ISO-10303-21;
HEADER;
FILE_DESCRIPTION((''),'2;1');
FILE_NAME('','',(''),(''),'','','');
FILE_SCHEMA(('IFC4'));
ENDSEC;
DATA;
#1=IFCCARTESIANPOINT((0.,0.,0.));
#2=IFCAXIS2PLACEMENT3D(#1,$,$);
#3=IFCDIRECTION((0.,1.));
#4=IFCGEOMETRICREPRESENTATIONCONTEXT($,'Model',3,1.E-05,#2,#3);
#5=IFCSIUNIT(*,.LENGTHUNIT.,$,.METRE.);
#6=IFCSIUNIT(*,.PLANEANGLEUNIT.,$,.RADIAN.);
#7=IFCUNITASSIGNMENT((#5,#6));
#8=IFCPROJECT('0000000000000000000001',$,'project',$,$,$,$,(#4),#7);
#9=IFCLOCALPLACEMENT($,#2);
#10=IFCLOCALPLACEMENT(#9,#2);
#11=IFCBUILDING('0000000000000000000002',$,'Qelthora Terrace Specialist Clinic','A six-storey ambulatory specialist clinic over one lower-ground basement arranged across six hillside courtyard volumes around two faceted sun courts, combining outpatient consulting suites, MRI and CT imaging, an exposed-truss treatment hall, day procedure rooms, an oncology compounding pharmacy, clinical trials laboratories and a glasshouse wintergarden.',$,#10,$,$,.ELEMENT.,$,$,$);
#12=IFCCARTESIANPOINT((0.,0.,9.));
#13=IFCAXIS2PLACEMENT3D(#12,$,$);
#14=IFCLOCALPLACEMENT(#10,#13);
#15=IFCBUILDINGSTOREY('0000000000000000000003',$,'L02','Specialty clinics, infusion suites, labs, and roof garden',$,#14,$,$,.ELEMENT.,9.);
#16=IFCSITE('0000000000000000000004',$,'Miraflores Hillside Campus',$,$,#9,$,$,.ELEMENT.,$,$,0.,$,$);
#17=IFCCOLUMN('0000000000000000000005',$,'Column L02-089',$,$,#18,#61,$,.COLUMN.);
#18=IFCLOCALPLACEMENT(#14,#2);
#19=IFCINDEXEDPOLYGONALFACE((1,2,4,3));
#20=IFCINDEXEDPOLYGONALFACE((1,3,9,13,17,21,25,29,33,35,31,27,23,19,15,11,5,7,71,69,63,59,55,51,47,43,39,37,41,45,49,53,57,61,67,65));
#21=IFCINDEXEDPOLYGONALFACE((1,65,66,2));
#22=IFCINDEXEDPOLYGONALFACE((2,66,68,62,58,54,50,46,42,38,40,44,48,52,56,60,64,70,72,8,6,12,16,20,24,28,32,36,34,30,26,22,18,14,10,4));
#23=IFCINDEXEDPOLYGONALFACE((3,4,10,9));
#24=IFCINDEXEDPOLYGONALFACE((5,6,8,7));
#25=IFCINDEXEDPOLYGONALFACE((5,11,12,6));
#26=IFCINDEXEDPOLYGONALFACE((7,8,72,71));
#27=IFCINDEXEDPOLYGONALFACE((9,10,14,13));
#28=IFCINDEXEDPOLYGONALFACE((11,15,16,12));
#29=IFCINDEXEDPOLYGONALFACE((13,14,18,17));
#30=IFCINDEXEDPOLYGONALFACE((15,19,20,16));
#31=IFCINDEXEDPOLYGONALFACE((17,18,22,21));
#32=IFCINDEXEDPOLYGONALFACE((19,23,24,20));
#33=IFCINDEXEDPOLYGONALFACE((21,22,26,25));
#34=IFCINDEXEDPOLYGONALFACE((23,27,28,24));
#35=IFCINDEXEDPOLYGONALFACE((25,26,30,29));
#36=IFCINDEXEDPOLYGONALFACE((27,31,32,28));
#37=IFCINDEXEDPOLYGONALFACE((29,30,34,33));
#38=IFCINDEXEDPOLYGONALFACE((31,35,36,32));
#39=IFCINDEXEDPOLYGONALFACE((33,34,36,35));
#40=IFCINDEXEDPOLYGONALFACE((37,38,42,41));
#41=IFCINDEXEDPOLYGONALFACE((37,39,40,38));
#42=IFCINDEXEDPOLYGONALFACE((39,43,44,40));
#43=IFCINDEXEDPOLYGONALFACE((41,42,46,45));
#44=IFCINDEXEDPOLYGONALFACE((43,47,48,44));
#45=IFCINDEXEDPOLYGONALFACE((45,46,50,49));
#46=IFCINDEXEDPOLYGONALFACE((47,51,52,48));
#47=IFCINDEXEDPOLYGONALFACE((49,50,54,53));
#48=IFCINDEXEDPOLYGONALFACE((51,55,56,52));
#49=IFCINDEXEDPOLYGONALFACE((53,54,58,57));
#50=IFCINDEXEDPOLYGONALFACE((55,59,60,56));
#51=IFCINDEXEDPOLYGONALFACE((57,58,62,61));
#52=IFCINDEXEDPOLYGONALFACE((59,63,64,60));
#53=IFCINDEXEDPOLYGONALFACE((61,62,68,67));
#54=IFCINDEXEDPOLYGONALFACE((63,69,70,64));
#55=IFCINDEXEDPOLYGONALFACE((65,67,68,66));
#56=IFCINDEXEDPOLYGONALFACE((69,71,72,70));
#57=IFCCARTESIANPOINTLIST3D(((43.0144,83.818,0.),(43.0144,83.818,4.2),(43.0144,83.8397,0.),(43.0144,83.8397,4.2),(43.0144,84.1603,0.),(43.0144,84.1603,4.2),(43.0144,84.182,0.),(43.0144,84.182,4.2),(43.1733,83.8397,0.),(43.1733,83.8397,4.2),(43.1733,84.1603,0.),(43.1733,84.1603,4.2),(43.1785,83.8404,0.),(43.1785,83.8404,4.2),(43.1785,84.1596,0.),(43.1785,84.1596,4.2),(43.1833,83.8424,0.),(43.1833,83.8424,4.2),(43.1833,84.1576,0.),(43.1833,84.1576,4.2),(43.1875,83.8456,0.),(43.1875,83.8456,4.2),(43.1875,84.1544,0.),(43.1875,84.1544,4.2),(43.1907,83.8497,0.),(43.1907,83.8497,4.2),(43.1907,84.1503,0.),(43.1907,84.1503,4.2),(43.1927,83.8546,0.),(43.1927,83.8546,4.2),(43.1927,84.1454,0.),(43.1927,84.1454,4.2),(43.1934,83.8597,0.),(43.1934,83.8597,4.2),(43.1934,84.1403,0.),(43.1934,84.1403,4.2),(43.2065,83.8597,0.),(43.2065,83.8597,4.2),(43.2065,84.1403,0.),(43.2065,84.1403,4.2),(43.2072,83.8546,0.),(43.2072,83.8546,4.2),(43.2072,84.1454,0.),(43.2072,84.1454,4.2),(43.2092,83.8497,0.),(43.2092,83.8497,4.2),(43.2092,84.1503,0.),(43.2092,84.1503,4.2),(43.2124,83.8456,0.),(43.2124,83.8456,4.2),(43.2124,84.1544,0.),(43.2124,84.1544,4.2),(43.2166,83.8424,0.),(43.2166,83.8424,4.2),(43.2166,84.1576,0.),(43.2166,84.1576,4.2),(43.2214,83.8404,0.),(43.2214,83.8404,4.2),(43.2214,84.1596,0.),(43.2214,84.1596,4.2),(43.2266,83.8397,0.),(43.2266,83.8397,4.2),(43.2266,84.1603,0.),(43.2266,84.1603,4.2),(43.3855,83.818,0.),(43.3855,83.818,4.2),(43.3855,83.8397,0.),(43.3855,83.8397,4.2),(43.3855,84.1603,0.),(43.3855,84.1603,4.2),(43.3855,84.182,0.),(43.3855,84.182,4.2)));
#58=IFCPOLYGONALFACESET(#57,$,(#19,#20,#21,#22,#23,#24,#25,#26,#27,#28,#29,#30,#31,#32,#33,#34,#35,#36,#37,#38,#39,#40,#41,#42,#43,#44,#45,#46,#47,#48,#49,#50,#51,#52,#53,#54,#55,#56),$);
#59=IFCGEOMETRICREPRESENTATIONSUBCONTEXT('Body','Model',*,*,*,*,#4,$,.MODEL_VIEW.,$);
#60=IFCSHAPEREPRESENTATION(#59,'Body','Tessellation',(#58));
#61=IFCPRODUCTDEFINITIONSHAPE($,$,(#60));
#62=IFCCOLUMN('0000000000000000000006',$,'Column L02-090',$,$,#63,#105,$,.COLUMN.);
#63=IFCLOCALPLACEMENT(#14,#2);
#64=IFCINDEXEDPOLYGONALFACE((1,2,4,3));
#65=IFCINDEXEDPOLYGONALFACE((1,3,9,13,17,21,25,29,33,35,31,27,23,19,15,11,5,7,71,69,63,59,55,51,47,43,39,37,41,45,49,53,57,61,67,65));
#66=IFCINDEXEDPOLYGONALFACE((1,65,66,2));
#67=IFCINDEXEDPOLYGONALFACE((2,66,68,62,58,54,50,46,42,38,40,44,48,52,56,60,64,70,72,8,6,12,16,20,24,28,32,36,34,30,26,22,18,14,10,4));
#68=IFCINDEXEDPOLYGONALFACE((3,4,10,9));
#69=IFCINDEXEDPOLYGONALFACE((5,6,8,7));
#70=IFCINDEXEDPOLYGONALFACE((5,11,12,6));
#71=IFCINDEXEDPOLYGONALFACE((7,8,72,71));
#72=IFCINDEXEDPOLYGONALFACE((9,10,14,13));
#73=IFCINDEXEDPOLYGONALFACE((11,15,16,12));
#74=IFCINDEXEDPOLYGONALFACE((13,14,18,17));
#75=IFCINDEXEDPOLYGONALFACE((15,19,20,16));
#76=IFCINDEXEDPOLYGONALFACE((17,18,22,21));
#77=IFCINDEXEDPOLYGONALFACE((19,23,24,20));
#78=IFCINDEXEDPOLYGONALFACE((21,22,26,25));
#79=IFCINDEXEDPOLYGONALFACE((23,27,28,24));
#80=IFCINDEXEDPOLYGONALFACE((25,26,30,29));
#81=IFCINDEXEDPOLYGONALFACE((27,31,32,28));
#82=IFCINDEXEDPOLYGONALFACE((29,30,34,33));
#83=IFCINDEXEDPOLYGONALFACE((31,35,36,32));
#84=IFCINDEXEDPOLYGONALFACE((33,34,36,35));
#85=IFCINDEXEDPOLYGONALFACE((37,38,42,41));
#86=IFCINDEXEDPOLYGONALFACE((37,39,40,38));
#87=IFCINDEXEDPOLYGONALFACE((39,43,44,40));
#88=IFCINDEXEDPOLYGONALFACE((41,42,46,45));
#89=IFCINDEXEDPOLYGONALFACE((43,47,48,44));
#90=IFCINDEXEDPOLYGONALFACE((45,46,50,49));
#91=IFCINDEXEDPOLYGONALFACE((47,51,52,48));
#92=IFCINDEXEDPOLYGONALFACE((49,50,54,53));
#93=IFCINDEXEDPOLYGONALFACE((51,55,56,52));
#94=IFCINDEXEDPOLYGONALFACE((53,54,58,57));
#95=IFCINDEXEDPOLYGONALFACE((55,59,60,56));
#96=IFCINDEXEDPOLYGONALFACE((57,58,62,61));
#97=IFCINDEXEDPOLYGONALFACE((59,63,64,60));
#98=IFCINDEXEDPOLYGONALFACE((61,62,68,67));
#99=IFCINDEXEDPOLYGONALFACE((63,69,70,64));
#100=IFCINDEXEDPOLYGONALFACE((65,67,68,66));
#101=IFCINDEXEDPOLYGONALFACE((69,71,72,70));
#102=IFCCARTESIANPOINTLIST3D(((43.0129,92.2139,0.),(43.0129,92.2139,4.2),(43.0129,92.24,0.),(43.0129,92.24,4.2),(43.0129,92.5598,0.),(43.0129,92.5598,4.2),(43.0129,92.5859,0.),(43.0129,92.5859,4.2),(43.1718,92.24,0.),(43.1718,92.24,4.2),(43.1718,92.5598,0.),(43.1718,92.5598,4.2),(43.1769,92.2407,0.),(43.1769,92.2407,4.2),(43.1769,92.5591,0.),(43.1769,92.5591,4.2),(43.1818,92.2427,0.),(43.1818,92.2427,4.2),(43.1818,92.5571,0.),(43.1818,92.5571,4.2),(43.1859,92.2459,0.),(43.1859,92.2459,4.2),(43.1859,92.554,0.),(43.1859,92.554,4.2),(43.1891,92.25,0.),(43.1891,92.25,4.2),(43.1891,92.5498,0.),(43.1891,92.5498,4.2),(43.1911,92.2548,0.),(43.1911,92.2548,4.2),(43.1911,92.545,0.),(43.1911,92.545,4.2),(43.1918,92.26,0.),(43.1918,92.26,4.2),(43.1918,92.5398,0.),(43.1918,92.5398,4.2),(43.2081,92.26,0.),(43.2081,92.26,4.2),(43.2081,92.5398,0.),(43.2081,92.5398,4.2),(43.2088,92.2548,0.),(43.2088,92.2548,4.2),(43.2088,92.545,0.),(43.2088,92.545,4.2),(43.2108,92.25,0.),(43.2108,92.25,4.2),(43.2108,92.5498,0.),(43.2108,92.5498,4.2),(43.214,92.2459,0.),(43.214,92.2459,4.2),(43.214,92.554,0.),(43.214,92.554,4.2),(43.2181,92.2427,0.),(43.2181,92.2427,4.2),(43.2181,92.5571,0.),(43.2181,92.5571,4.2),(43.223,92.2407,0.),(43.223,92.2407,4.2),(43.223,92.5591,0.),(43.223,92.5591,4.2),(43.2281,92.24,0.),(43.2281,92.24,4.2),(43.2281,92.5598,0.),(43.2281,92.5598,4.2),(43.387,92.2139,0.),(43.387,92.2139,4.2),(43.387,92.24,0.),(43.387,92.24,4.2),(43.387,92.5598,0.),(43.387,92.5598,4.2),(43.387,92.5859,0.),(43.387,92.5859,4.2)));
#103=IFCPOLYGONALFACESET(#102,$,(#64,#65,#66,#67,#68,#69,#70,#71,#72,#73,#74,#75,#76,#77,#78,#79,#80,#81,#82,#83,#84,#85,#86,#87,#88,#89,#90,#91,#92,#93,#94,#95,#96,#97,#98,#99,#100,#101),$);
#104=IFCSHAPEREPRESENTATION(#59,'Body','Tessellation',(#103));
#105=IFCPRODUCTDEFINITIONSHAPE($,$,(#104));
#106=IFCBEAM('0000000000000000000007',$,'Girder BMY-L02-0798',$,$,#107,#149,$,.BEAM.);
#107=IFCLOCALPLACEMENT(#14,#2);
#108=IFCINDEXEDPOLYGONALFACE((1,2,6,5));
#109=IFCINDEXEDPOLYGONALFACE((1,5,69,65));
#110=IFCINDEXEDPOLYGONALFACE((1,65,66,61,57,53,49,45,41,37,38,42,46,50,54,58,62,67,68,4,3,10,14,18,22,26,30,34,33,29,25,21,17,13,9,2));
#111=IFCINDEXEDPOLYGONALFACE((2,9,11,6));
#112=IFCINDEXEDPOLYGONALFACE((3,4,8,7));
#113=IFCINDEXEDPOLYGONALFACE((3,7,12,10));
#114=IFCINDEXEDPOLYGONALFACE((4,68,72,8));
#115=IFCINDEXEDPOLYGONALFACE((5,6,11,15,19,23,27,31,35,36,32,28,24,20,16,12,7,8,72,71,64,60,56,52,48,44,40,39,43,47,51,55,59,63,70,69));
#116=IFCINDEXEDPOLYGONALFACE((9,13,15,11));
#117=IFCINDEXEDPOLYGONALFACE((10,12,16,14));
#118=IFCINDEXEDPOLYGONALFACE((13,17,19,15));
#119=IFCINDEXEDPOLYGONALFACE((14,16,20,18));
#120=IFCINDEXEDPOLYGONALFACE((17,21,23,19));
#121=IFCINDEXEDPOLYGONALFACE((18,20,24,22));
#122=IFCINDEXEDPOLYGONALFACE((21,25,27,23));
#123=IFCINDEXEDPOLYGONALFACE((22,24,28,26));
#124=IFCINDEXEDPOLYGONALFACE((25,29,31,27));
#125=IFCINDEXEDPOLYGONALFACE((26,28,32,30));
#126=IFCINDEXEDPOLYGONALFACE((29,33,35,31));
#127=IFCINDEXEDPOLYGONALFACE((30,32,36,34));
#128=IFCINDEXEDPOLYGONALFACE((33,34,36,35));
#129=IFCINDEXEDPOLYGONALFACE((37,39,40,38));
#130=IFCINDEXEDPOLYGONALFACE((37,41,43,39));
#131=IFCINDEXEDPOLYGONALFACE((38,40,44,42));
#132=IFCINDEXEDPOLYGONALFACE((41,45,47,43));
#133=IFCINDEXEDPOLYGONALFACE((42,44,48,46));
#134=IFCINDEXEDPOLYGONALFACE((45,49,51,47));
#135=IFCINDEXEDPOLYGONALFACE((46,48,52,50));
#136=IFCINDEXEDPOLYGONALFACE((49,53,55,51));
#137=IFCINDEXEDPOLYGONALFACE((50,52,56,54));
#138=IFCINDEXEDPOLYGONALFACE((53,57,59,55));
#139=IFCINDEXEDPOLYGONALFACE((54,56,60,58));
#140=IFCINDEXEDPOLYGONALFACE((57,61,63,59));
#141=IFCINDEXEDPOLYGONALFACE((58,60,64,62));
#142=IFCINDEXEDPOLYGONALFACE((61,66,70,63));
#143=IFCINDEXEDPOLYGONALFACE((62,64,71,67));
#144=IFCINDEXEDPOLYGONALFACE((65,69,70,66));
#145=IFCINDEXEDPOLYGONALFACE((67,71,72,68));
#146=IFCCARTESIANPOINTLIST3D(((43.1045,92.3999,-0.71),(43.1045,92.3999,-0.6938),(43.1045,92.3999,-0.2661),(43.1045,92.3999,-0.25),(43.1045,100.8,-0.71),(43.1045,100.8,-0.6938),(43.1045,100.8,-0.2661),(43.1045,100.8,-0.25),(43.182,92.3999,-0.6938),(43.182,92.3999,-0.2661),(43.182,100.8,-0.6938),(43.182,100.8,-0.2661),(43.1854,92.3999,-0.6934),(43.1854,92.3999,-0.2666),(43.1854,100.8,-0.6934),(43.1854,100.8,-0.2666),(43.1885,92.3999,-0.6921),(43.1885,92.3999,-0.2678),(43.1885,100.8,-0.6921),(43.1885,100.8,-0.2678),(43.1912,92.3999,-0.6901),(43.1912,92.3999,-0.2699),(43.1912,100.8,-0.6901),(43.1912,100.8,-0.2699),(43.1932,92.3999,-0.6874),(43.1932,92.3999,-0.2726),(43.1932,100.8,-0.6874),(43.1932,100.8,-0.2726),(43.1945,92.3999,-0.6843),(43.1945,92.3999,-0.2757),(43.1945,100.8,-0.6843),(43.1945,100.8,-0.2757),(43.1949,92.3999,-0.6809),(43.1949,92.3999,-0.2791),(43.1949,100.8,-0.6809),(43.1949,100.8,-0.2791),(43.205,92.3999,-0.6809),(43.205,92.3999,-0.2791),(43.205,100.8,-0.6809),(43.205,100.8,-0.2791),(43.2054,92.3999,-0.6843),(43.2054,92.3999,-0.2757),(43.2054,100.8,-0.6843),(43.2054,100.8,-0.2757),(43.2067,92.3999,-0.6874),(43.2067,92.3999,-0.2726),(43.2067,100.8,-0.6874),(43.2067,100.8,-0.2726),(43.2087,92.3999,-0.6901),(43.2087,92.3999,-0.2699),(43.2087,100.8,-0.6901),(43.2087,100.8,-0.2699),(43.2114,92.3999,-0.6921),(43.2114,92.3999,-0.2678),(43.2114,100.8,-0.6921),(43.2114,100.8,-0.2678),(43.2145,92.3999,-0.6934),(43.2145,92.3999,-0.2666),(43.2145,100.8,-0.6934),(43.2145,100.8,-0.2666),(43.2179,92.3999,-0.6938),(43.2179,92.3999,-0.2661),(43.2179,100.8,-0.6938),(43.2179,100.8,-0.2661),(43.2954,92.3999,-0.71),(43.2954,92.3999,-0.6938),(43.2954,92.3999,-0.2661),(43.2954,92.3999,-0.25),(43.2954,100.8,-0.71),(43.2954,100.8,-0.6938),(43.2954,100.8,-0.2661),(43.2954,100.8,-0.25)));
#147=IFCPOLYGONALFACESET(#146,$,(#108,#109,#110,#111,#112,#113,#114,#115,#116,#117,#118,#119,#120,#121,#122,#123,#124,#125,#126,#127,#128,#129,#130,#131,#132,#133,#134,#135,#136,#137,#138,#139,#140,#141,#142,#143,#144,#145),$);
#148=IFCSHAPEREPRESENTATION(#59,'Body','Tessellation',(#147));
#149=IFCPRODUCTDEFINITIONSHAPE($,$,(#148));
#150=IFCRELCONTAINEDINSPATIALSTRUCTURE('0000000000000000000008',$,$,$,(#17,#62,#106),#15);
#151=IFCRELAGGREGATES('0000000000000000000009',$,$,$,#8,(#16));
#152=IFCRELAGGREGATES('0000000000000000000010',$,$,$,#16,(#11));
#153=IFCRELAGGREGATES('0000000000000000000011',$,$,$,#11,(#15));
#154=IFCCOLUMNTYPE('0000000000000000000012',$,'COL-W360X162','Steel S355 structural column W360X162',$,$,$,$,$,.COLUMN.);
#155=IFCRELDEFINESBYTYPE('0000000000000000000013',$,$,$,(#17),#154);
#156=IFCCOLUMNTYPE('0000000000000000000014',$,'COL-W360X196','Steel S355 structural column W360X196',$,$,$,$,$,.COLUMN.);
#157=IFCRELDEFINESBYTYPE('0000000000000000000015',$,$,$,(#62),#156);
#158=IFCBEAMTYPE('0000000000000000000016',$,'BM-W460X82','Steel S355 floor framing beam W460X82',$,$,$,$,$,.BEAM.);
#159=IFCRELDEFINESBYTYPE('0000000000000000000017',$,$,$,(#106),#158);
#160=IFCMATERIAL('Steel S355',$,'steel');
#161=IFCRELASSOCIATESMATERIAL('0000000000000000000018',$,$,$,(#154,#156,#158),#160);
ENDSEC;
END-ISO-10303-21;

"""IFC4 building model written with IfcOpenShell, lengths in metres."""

from ifc_helpers import new_model, si_unit, direction, frame, origin, origin_2d, place, context, subcontext, project, spatial, i_section, extrude, material, material_profile, profile_set, type_object, element, save


model = new_model("IFC4")

# Units and contexts
model_context = context("Model", 3, precision=1e-05, world=origin(), true_north=direction((0.0, 1.0)))
body_context = subcontext(model_context, "Body", "Model", "MODEL_VIEW")
ifc_project = project(units=[si_unit("LENGTHUNIT", "METRE"), si_unit("PLANEANGLEUNIT", "RADIAN")], contexts=[model_context])

# Site, building, storey
site_placement = place(None, origin())
site = spatial("IfcSite", under=ifc_project, at=site_placement, Name="Miraflores Hillside Campus", CompositionType="ELEMENT", RefElevation=0.0)
building_placement = place(site_placement, origin())
building = spatial("IfcBuilding", under=site, at=building_placement, Name="Qelthora Terrace Specialist Clinic", Description="A six-storey ambulatory specialist clinic over one lower-ground basement arranged across six hillside courtyard volumes around two faceted sun courts, combining outpatient consulting suites, MRI and CT imaging, an exposed-truss treatment hall, day procedure rooms, an oncology compounding pharmacy, clinical trials laboratories and a glasshouse wintergarden.", CompositionType="ELEMENT")
storey_placement = place(building_placement, frame((0.0, 0.0, 9.0)))
storey = spatial("IfcBuildingStorey", under=building, at=storey_placement, Name="L02", Description="Specialty clinics, infusion suites, labs, and roof garden", CompositionType="ELEMENT", Elevation=9.0)

# Columns
ifc_material_1 = material(Name="Steel S355", Category="steel")
ifc_material_profile_1 = material_profile(ifc_material_1, i_section(OverallWidth=0.3711, OverallDepth=0.364, WebThickness=0.0132, FlangeThickness=0.0217, FilletRadius=0.02, at=origin_2d()), Name="W360X162")
ifc_profile_set_1 = profile_set([ifc_material_profile_1], Name="Steel S355")
column_type_1 = type_object("IfcColumnType", Name="COL-W360X162", Description="Steel S355 structural column W360X162", PredefinedType="COLUMN", material=ifc_profile_set_1)
column_1_placement = place(storey_placement, frame((43.2, 84.0, 0.0), z_axis=(0.0, 0.0, 1.0), x_axis=(1.0, 0.0, 0.0)))
element("IfcColumn", 1, at=column_1_placement, inside=storey, type_object=column_type_1, Name="Column L02-089", PredefinedType="COLUMN", context=body_context, shape_type="SweptSolid", body=[
    extrude(i_section(OverallWidth=0.3711, OverallDepth=0.364, WebThickness=0.0132, FlangeThickness=0.0217, FilletRadius=0.02, at=origin_2d()), origin(), (0.0, 0.0, 1.0), 4.2),
])
ifc_material_profile_2 = material_profile(ifc_material_1, i_section(OverallWidth=0.374, OverallDepth=0.3721, WebThickness=0.0164, FlangeThickness=0.0261, FilletRadius=0.02, at=origin_2d()), Name="W360X196")
ifc_profile_set_2 = profile_set([ifc_material_profile_2], Name="Steel S355")
column_type_2 = type_object("IfcColumnType", Name="COL-W360X196", Description="Steel S355 structural column W360X196", PredefinedType="COLUMN", material=ifc_profile_set_2)
column_2_placement = place(storey_placement, frame((43.2, 92.3999, 0.0), z_axis=(0.0, 0.0, 1.0), x_axis=(1.0, 0.0, 0.0)))
element("IfcColumn", 2, at=column_2_placement, inside=storey, type_object=column_type_2, Name="Column L02-090", PredefinedType="COLUMN", context=body_context, shape_type="SweptSolid", body=[
    extrude(i_section(OverallWidth=0.374, OverallDepth=0.3721, WebThickness=0.0164, FlangeThickness=0.0261, FilletRadius=0.02, at=origin_2d()), origin(), (0.0, 0.0, 1.0), 4.2),
])

# Beam
ifc_material_profile_3 = material_profile(ifc_material_1, i_section(OverallWidth=0.1909, OverallDepth=0.46, WebThickness=0.01, FlangeThickness=0.0161, FilletRadius=0.0129, at=origin_2d()), Name="W460X82")
ifc_profile_set_3 = profile_set([ifc_material_profile_3], Name="Steel S355")
beam_type_1 = type_object("IfcBeamType", Name="BM-W460X82", Description="Steel S355 floor framing beam W460X82", PredefinedType="BEAM", material=ifc_profile_set_3)
beam_1_placement = place(storey_placement, frame((43.2, 92.3999, -0.48), z_axis=(0.0, 1.0, 0.0), x_axis=(-1.0, 0.0, 0.0)))
element("IfcBeam", 3, at=beam_1_placement, inside=storey, type_object=beam_type_1, Name="Girder BMY-L02-0798", PredefinedType="BEAM", context=body_context, shape_type="SweptSolid", body=[
    extrude(i_section(OverallWidth=0.1909, OverallDepth=0.46, WebThickness=0.01, FlangeThickness=0.0161, FilletRadius=0.0129, at=origin_2d()), origin(), (0.0, 0.0, 1.0), 8.4001),
])

save(model, "model.ifc")
